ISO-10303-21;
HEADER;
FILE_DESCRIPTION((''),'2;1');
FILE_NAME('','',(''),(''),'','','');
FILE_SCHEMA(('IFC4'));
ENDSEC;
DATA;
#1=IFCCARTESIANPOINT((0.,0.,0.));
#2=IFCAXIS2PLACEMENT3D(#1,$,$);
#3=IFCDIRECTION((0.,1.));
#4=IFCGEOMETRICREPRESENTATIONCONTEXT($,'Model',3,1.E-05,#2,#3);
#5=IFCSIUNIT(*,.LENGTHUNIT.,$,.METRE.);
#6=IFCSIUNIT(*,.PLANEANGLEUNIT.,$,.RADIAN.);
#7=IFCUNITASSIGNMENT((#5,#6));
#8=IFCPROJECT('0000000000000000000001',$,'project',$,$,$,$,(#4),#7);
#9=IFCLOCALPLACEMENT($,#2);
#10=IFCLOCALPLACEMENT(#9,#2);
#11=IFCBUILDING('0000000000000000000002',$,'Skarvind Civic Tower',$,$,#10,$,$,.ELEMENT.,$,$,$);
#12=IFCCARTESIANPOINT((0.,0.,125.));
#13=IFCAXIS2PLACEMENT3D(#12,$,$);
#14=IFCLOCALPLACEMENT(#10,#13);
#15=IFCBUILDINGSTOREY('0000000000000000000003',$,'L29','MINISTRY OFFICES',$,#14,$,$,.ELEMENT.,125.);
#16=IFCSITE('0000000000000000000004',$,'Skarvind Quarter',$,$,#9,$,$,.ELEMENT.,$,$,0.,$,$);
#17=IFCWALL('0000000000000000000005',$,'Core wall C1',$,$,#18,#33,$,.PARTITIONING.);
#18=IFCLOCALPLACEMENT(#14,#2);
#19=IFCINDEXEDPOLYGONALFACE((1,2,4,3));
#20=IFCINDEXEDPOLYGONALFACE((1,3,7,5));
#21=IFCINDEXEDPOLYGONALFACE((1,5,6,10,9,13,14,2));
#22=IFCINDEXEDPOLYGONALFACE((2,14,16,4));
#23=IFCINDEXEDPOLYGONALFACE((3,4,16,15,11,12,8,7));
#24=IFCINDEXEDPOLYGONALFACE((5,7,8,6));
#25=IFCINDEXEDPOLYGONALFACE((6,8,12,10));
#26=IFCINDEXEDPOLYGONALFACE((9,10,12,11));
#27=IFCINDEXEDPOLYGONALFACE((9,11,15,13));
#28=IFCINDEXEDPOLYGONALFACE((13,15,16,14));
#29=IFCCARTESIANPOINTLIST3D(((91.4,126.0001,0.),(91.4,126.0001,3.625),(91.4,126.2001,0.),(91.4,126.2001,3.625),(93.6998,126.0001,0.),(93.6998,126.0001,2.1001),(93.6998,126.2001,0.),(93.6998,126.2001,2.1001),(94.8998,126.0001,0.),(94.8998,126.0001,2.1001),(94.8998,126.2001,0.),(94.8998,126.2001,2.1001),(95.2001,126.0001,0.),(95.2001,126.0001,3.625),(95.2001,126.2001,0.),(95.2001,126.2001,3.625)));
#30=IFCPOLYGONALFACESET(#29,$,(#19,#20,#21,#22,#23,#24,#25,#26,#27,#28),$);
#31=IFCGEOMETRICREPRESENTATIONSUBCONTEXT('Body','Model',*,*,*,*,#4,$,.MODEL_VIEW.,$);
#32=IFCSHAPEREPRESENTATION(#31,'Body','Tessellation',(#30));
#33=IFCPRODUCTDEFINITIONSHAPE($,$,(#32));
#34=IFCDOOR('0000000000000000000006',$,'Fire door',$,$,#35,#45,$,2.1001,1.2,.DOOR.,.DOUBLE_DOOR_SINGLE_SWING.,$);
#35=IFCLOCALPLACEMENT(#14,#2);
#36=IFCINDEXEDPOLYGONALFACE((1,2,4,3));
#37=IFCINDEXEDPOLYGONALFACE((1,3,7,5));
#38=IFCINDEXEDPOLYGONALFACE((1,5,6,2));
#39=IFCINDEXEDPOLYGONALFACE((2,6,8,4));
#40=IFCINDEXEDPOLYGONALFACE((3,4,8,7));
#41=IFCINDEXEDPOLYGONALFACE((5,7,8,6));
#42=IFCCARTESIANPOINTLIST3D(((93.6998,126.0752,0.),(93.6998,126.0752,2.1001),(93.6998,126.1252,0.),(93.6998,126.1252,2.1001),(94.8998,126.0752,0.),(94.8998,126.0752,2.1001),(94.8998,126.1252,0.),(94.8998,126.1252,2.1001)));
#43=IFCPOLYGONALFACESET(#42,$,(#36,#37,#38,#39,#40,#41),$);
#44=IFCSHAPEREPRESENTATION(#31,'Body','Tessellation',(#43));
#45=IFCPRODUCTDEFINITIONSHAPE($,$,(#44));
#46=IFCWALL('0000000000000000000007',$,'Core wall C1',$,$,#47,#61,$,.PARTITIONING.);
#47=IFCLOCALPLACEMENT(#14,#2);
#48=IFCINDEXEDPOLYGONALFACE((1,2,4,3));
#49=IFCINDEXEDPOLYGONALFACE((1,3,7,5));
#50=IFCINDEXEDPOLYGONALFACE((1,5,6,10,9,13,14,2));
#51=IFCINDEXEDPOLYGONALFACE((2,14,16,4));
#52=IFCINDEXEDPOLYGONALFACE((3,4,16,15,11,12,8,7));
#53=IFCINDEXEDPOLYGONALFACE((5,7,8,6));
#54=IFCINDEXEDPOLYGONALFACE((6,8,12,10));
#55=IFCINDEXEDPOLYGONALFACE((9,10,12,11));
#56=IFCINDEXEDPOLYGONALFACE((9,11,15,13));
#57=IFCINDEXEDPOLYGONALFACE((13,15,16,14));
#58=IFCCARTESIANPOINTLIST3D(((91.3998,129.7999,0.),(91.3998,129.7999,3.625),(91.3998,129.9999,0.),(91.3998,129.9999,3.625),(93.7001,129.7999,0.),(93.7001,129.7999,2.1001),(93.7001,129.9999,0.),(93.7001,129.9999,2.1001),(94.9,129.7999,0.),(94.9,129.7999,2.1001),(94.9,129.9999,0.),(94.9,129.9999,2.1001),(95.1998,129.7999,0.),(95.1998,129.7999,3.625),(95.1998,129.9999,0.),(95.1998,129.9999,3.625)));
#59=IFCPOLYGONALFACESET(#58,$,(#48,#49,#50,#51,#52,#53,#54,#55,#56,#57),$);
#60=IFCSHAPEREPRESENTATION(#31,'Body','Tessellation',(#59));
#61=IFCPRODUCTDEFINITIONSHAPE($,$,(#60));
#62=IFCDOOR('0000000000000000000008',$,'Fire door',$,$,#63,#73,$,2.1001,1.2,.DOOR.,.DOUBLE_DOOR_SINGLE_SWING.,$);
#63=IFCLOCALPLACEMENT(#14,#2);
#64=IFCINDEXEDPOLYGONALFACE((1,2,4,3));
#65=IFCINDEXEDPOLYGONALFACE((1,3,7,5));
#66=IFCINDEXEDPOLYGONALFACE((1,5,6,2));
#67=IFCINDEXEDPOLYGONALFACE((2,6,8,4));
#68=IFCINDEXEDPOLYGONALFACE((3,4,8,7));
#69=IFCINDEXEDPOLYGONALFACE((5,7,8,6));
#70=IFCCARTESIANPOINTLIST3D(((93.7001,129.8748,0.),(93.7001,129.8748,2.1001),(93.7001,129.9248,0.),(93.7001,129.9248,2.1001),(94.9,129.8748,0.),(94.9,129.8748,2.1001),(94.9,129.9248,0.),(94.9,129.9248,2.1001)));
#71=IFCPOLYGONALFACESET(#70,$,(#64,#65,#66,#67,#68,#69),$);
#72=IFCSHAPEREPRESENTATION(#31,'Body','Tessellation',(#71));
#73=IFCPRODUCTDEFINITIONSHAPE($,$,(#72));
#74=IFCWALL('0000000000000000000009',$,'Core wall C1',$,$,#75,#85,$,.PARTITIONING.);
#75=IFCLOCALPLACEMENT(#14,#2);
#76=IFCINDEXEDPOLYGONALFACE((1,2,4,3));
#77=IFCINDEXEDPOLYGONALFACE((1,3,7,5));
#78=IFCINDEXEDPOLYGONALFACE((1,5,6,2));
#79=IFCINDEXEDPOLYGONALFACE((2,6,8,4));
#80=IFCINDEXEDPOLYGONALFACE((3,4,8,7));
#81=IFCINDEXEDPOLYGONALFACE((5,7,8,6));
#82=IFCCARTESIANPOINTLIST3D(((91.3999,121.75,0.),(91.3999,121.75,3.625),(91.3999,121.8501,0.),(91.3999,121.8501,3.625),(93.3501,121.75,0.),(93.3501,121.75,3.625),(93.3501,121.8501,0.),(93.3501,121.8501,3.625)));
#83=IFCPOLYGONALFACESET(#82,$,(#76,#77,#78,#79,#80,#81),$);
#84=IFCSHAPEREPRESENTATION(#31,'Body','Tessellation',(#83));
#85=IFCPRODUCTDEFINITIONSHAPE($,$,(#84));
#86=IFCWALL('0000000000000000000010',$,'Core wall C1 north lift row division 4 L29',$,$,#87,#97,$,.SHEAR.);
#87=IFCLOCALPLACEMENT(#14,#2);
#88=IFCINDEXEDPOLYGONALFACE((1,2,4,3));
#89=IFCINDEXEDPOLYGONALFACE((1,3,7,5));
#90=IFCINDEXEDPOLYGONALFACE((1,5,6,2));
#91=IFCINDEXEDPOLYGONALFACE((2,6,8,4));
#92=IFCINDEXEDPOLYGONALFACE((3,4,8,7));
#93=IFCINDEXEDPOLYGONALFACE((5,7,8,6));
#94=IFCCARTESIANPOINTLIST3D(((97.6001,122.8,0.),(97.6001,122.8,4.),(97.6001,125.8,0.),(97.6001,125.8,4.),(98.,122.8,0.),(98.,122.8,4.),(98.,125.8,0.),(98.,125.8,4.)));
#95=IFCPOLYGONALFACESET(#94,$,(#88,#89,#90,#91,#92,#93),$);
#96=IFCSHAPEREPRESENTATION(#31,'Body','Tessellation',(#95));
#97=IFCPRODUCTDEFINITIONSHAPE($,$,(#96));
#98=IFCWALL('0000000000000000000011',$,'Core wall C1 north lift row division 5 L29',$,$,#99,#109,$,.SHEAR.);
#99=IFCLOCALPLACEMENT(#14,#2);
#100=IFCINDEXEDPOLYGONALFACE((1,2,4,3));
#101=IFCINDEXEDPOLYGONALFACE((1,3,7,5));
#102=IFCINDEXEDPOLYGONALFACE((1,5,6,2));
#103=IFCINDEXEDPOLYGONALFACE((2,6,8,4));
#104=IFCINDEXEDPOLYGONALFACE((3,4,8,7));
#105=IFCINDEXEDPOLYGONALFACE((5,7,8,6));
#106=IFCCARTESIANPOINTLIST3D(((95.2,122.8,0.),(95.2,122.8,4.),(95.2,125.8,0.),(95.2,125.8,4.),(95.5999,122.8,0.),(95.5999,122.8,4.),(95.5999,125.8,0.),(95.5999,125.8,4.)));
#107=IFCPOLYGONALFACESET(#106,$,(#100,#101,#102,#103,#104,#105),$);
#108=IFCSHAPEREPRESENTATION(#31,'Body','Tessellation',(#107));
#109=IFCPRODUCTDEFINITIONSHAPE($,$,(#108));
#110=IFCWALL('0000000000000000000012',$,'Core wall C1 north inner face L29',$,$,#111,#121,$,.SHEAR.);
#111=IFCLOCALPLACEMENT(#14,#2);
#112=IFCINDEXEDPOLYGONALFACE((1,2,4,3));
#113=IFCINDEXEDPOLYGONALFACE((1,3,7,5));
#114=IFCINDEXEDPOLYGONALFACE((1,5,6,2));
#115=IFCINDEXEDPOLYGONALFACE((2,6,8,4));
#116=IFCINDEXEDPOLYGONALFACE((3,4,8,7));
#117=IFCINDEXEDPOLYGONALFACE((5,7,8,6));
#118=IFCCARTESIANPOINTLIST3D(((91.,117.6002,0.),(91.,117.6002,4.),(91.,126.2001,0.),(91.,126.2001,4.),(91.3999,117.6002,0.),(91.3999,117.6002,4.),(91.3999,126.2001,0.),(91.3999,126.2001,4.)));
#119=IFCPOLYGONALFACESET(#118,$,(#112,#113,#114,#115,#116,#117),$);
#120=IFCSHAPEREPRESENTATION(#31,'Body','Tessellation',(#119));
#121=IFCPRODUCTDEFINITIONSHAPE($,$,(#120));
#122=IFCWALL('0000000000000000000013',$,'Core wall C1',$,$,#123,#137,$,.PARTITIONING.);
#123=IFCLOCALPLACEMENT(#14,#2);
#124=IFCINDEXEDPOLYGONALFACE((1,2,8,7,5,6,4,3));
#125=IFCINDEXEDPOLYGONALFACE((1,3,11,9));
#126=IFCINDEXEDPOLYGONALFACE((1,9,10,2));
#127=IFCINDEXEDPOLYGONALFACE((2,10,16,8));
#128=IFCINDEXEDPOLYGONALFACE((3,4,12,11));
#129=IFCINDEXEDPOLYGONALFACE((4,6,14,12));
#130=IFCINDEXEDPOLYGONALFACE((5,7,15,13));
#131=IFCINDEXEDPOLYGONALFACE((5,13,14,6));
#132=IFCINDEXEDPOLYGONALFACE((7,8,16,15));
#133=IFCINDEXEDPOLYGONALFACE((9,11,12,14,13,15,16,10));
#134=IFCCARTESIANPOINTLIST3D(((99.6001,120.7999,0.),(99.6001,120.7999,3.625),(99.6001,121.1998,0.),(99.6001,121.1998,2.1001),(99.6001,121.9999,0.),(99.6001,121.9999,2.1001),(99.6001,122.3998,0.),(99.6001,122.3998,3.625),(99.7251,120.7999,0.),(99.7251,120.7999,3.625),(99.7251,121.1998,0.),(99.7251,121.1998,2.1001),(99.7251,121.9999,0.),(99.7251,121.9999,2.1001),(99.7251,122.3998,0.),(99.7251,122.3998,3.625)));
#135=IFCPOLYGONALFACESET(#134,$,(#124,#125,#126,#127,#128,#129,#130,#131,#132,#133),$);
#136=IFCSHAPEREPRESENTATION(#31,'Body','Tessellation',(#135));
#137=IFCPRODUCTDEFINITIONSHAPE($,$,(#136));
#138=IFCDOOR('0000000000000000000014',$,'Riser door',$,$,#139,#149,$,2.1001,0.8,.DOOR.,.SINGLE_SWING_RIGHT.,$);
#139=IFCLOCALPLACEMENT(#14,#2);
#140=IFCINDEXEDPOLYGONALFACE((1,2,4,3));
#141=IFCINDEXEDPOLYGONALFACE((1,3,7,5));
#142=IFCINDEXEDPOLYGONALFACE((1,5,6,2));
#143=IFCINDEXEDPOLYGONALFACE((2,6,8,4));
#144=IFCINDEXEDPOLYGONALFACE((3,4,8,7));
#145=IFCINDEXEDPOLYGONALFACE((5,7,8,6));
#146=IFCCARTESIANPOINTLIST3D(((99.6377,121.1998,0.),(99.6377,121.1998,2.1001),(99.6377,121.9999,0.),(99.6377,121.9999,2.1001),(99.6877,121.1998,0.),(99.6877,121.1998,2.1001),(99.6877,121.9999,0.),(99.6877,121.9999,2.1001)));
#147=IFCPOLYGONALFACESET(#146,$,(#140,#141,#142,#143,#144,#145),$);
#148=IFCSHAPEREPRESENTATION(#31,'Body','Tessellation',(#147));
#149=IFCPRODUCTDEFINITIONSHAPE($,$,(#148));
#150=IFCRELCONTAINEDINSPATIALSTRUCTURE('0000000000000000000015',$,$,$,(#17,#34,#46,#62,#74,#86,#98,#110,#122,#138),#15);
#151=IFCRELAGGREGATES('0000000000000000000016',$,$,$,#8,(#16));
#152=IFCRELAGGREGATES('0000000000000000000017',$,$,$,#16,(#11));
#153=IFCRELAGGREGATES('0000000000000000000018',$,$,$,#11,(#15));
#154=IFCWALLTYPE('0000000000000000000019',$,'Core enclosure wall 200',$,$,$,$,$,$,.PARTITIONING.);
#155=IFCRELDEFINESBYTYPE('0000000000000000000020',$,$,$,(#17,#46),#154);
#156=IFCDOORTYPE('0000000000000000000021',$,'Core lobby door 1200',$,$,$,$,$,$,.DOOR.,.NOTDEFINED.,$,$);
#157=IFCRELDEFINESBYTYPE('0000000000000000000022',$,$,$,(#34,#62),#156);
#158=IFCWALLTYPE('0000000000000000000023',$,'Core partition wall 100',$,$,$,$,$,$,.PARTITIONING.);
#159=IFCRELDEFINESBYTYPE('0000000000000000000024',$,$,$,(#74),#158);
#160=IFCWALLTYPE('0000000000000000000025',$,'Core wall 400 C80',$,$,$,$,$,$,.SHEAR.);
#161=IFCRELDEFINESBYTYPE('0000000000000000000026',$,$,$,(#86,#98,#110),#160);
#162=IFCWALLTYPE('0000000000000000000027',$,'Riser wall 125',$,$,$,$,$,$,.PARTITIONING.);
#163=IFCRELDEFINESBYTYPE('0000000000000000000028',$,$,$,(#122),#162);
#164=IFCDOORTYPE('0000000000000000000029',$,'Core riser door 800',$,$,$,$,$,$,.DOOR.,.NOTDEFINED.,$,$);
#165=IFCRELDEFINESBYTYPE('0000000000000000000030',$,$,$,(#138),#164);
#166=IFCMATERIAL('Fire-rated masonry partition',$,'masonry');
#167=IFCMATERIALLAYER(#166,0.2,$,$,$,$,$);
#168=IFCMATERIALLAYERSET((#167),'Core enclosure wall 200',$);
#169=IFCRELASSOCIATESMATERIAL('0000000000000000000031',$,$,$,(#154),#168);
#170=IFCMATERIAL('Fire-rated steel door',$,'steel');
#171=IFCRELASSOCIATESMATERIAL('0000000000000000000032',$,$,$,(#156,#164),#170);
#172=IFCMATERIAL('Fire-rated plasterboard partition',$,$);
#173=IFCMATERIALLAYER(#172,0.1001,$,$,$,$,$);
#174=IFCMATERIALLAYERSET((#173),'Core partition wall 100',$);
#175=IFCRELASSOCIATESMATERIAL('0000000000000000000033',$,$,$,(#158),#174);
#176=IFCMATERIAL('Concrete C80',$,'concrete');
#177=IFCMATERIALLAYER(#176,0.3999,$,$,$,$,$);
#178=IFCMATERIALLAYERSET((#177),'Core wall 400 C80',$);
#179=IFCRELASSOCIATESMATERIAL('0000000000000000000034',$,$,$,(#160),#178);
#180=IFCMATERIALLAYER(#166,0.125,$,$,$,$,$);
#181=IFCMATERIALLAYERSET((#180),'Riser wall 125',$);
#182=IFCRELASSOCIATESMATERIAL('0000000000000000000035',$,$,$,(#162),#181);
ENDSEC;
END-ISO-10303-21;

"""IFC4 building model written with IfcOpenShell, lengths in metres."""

from ifc_helpers import new_model, si_unit, direction, frame, frame_2d, origin, place, context, subcontext, project, spatial, rectangle, extrude, material, layer, layer_set, type_object, element, fill, save


model = new_model("IFC4")

# Units and contexts
model_context = context("Model", 3, precision=1e-05, world=origin(), true_north=direction((0.0, 1.0)))
body_context = subcontext(model_context, "Body", "Model", "MODEL_VIEW")
ifc_project = project(units=[si_unit("LENGTHUNIT", "METRE"), si_unit("PLANEANGLEUNIT", "RADIAN")], contexts=[model_context])

# Site, building, storey
site_placement = place(None, origin())
site = spatial("IfcSite", under=ifc_project, at=site_placement, Name="Skarvind Quarter", CompositionType="ELEMENT", RefElevation=0.0)
building_placement = place(site_placement, origin())
building = spatial("IfcBuilding", under=site, at=building_placement, Name="Skarvind Civic Tower", CompositionType="ELEMENT")
storey_placement = place(building_placement, frame((0.0, 0.0, 125.0)))
storey = spatial("IfcBuildingStorey", under=building, at=storey_placement, Name="L29", Description="MINISTRY OFFICES", CompositionType="ELEMENT", Elevation=125.0)

# Walls, openings, doors
ifc_material_1 = material(Name="Fire-rated masonry partition", Category="masonry")
ifc_layer_1 = layer(ifc_material_1, 0.2)
ifc_layer_set_1 = layer_set([ifc_layer_1], Name="Core enclosure wall 200")
wall_type_1 = type_object("IfcWallType", Name="Core enclosure wall 200", PredefinedType="PARTITIONING", material=ifc_layer_set_1)
wall_1_placement = place(storey_placement, frame((95.2, 126.1001, 0.0), z_axis=(0.0, 0.0, 1.0), x_axis=(-1.0, 0.0, 0.0)))
wall_1 = element("IfcWall", 1, at=wall_1_placement, inside=storey, type_object=wall_type_1, Name="Core wall C1", PredefinedType="PARTITIONING", context=body_context, shape_type="SweptSolid", body=[
    extrude(rectangle(XDim=3.8, YDim=0.2, at=frame_2d((1.8999, 0.0))), origin(), (0.0, 0.0, 1.0), 3.625),
])
opening_1_placement = place(wall_1_placement, frame((0.3, 0.0, 0.0)))
opening_1 = element("IfcOpeningElement", 2, at=opening_1_placement, cuts=wall_1, PredefinedType="OPENING", context=body_context, shape_type="SweptSolid", body=[
    extrude(rectangle(XDim=1.2, YDim=2.1001, at=frame_2d((0.6001, 1.05))), frame((0.0, 0.1099, 0.0), z_axis=(0.0, -1.0, 0.0), x_axis=(1.0, 0.0, 0.0)), (0.0, 0.0, 1.0), 0.22),
])
ifc_material_2 = material(Name="Fire-rated steel door", Category="steel")
door_type_1 = type_object("IfcDoorType", Name="Core lobby door 1200", OperationType="NOTDEFINED", PredefinedType="DOOR", material=ifc_material_2)
door_1_placement = place(opening_1_placement, origin())
door_1 = element("IfcDoor", 3, at=door_1_placement, inside=storey, type_object=door_type_1, Name="Fire door", OperationType="DOUBLE_DOOR_SINGLE_SWING", OverallHeight=2.1001, OverallWidth=1.2, PredefinedType="DOOR", context=body_context, shape_type="SweptSolid", body=[
    extrude(rectangle(XDim=1.2, YDim=2.1001, at=frame_2d((0.6001, 1.05))), frame((0.0, 0.0249, 0.0), z_axis=(0.0, -1.0, 0.0), x_axis=(1.0, 0.0, 0.0)), (0.0, 0.0, 1.0), 0.05),
])
fill(opening_1, door_1)
wall_2_placement = place(storey_placement, frame((91.3999, 129.8999, 0.0), z_axis=(0.0, 0.0, 1.0), x_axis=(1.0, 0.0, 0.0)))
wall_2 = element("IfcWall", 4, at=wall_2_placement, inside=storey, type_object=wall_type_1, Name="Core wall C1", PredefinedType="PARTITIONING", context=body_context, shape_type="SweptSolid", body=[
    extrude(rectangle(XDim=3.8, YDim=0.2, at=frame_2d((1.8999, 0.0))), origin(), (0.0, 0.0, 1.0), 3.625),
])
opening_2_placement = place(wall_2_placement, frame((2.3, 0.0, 0.0)))
opening_2 = element("IfcOpeningElement", 5, at=opening_2_placement, cuts=wall_2, PredefinedType="OPENING", context=body_context, shape_type="SweptSolid", body=[
    extrude(rectangle(XDim=1.2, YDim=2.1001, at=frame_2d((0.6001, 1.05))), frame((0.0, 0.1099, 0.0), z_axis=(0.0, -1.0, 0.0), x_axis=(1.0, 0.0, 0.0)), (0.0, 0.0, 1.0), 0.22),
])
door_2_placement = place(opening_2_placement, origin())
door_2 = element("IfcDoor", 6, at=door_2_placement, inside=storey, type_object=door_type_1, Name="Fire door", OperationType="DOUBLE_DOOR_SINGLE_SWING", OverallHeight=2.1001, OverallWidth=1.2, PredefinedType="DOOR", context=body_context, shape_type="SweptSolid", body=[
    extrude(rectangle(XDim=1.2, YDim=2.1001, at=frame_2d((0.6001, 1.05))), frame((0.0, 0.0249, 0.0), z_axis=(0.0, -1.0, 0.0), x_axis=(1.0, 0.0, 0.0)), (0.0, 0.0, 1.0), 0.05),
])
fill(opening_2, door_2)

# Walls
ifc_material_3 = material(Name="Fire-rated plasterboard partition")
ifc_layer_2 = layer(ifc_material_3, 0.1001)
ifc_layer_set_2 = layer_set([ifc_layer_2], Name="Core partition wall 100")
wall_type_2 = type_object("IfcWallType", Name="Core partition wall 100", PredefinedType="PARTITIONING", material=ifc_layer_set_2)
wall_3_placement = place(storey_placement, frame((93.3501, 121.8, 0.0), z_axis=(0.0, 0.0, 1.0), x_axis=(-1.0, 0.0, 0.0)))
element("IfcWall", 7, at=wall_3_placement, inside=storey, type_object=wall_type_2, Name="Core wall C1", PredefinedType="PARTITIONING", context=body_context, shape_type="SweptSolid", body=[
    extrude(rectangle(XDim=1.9502, YDim=0.1001, at=frame_2d((0.9751, 0.0))), origin(), (0.0, 0.0, 1.0), 3.625),
])
ifc_material_4 = material(Name="Concrete C80", Category="concrete")
ifc_layer_3 = layer(ifc_material_4, 0.3999)
ifc_layer_set_3 = layer_set([ifc_layer_3], Name="Core wall 400 C80")
wall_type_3 = type_object("IfcWallType", Name="Core wall 400 C80", PredefinedType="SHEAR", material=ifc_layer_set_3)
for number, where, z_axis, x_axis, name in (
    (8, (97.8, 125.8, 0.0), (0.0, 0.0, 1.0), (0.0, -1.0, 0.0), "Core wall C1 north lift row division 4 L29"),
    (9, (95.3999, 125.8, 0.0), (0.0, 0.0, 1.0), (0.0, -1.0, 0.0), "Core wall C1 north lift row division 5 L29"),
):
    element("IfcWall", number, at=place(storey_placement, frame(where, z_axis=z_axis, x_axis=x_axis)), inside=storey, type_object=wall_type_3, Name=name, PredefinedType="SHEAR", context=body_context, shape_type="SweptSolid", body=[
        extrude(rectangle(XDim=3.0, YDim=0.3999, at=frame_2d((1.5, 0.0))), origin(), (0.0, 0.0, 1.0), 4.0),
    ])
wall_4_placement = place(storey_placement, frame((91.2, 126.2, 0.0), z_axis=(0.0, 0.0, 1.0), x_axis=(0.0, -1.0, 0.0)))
element("IfcWall", 10, at=wall_4_placement, inside=storey, type_object=wall_type_3, Name="Core wall C1 north inner face L29", PredefinedType="SHEAR", context=body_context, shape_type="SweptSolid", body=[
    extrude(rectangle(XDim=8.5999, YDim=0.3999, at=frame_2d((4.2998, 0.0))), origin(), (0.0, 0.0, 1.0), 4.0),
])

# Wall, opening, door
ifc_layer_4 = layer(ifc_material_1, 0.125)
ifc_layer_set_4 = layer_set([ifc_layer_4], Name="Riser wall 125")
wall_type_4 = type_object("IfcWallType", Name="Riser wall 125", PredefinedType="PARTITIONING", material=ifc_layer_set_4)
wall_5_placement = place(storey_placement, frame((99.6626, 120.8, 0.0), z_axis=(0.0, 0.0, 1.0), x_axis=(0.0, 1.0, 0.0)))
wall_5 = element("IfcWall", 11, at=wall_5_placement, inside=storey, type_object=wall_type_4, Name="Core wall C1", PredefinedType="PARTITIONING", context=body_context, shape_type="SweptSolid", body=[
    extrude(rectangle(XDim=1.5999, YDim=0.125, at=frame_2d((0.7998, 0.0))), origin(), (0.0, 0.0, 1.0), 3.625),
])
opening_3_placement = place(wall_5_placement, frame((0.3999, 0.0, 0.0)))
opening_3 = element("IfcOpeningElement", 12, at=opening_3_placement, cuts=wall_5, PredefinedType="OPENING", context=body_context, shape_type="SweptSolid", body=[
    extrude(rectangle(XDim=0.8, YDim=2.1001, at=frame_2d((0.3999, 1.05))), frame((0.0, 0.0725, 0.0), z_axis=(0.0, -1.0, 0.0), x_axis=(1.0, 0.0, 0.0)), (0.0, 0.0, 1.0), 0.145),
])
door_type_2 = type_object("IfcDoorType", Name="Core riser door 800", OperationType="NOTDEFINED", PredefinedType="DOOR", material=ifc_material_2)
door_3_placement = place(opening_3_placement, origin())
door_3 = element("IfcDoor", 13, at=door_3_placement, inside=storey, type_object=door_type_2, Name="Riser door", OperationType="SINGLE_SWING_RIGHT", OverallHeight=2.1001, OverallWidth=0.8, PredefinedType="DOOR", context=body_context, shape_type="SweptSolid", body=[
    extrude(rectangle(XDim=0.8, YDim=2.1001, at=frame_2d((0.3999, 1.05))), frame((0.0, 0.0249, 0.0), z_axis=(0.0, -1.0, 0.0), x_axis=(1.0, 0.0, 0.0)), (0.0, 0.0, 1.0), 0.05),
])
fill(opening_3, door_3)

save(model, "model.ifc")
